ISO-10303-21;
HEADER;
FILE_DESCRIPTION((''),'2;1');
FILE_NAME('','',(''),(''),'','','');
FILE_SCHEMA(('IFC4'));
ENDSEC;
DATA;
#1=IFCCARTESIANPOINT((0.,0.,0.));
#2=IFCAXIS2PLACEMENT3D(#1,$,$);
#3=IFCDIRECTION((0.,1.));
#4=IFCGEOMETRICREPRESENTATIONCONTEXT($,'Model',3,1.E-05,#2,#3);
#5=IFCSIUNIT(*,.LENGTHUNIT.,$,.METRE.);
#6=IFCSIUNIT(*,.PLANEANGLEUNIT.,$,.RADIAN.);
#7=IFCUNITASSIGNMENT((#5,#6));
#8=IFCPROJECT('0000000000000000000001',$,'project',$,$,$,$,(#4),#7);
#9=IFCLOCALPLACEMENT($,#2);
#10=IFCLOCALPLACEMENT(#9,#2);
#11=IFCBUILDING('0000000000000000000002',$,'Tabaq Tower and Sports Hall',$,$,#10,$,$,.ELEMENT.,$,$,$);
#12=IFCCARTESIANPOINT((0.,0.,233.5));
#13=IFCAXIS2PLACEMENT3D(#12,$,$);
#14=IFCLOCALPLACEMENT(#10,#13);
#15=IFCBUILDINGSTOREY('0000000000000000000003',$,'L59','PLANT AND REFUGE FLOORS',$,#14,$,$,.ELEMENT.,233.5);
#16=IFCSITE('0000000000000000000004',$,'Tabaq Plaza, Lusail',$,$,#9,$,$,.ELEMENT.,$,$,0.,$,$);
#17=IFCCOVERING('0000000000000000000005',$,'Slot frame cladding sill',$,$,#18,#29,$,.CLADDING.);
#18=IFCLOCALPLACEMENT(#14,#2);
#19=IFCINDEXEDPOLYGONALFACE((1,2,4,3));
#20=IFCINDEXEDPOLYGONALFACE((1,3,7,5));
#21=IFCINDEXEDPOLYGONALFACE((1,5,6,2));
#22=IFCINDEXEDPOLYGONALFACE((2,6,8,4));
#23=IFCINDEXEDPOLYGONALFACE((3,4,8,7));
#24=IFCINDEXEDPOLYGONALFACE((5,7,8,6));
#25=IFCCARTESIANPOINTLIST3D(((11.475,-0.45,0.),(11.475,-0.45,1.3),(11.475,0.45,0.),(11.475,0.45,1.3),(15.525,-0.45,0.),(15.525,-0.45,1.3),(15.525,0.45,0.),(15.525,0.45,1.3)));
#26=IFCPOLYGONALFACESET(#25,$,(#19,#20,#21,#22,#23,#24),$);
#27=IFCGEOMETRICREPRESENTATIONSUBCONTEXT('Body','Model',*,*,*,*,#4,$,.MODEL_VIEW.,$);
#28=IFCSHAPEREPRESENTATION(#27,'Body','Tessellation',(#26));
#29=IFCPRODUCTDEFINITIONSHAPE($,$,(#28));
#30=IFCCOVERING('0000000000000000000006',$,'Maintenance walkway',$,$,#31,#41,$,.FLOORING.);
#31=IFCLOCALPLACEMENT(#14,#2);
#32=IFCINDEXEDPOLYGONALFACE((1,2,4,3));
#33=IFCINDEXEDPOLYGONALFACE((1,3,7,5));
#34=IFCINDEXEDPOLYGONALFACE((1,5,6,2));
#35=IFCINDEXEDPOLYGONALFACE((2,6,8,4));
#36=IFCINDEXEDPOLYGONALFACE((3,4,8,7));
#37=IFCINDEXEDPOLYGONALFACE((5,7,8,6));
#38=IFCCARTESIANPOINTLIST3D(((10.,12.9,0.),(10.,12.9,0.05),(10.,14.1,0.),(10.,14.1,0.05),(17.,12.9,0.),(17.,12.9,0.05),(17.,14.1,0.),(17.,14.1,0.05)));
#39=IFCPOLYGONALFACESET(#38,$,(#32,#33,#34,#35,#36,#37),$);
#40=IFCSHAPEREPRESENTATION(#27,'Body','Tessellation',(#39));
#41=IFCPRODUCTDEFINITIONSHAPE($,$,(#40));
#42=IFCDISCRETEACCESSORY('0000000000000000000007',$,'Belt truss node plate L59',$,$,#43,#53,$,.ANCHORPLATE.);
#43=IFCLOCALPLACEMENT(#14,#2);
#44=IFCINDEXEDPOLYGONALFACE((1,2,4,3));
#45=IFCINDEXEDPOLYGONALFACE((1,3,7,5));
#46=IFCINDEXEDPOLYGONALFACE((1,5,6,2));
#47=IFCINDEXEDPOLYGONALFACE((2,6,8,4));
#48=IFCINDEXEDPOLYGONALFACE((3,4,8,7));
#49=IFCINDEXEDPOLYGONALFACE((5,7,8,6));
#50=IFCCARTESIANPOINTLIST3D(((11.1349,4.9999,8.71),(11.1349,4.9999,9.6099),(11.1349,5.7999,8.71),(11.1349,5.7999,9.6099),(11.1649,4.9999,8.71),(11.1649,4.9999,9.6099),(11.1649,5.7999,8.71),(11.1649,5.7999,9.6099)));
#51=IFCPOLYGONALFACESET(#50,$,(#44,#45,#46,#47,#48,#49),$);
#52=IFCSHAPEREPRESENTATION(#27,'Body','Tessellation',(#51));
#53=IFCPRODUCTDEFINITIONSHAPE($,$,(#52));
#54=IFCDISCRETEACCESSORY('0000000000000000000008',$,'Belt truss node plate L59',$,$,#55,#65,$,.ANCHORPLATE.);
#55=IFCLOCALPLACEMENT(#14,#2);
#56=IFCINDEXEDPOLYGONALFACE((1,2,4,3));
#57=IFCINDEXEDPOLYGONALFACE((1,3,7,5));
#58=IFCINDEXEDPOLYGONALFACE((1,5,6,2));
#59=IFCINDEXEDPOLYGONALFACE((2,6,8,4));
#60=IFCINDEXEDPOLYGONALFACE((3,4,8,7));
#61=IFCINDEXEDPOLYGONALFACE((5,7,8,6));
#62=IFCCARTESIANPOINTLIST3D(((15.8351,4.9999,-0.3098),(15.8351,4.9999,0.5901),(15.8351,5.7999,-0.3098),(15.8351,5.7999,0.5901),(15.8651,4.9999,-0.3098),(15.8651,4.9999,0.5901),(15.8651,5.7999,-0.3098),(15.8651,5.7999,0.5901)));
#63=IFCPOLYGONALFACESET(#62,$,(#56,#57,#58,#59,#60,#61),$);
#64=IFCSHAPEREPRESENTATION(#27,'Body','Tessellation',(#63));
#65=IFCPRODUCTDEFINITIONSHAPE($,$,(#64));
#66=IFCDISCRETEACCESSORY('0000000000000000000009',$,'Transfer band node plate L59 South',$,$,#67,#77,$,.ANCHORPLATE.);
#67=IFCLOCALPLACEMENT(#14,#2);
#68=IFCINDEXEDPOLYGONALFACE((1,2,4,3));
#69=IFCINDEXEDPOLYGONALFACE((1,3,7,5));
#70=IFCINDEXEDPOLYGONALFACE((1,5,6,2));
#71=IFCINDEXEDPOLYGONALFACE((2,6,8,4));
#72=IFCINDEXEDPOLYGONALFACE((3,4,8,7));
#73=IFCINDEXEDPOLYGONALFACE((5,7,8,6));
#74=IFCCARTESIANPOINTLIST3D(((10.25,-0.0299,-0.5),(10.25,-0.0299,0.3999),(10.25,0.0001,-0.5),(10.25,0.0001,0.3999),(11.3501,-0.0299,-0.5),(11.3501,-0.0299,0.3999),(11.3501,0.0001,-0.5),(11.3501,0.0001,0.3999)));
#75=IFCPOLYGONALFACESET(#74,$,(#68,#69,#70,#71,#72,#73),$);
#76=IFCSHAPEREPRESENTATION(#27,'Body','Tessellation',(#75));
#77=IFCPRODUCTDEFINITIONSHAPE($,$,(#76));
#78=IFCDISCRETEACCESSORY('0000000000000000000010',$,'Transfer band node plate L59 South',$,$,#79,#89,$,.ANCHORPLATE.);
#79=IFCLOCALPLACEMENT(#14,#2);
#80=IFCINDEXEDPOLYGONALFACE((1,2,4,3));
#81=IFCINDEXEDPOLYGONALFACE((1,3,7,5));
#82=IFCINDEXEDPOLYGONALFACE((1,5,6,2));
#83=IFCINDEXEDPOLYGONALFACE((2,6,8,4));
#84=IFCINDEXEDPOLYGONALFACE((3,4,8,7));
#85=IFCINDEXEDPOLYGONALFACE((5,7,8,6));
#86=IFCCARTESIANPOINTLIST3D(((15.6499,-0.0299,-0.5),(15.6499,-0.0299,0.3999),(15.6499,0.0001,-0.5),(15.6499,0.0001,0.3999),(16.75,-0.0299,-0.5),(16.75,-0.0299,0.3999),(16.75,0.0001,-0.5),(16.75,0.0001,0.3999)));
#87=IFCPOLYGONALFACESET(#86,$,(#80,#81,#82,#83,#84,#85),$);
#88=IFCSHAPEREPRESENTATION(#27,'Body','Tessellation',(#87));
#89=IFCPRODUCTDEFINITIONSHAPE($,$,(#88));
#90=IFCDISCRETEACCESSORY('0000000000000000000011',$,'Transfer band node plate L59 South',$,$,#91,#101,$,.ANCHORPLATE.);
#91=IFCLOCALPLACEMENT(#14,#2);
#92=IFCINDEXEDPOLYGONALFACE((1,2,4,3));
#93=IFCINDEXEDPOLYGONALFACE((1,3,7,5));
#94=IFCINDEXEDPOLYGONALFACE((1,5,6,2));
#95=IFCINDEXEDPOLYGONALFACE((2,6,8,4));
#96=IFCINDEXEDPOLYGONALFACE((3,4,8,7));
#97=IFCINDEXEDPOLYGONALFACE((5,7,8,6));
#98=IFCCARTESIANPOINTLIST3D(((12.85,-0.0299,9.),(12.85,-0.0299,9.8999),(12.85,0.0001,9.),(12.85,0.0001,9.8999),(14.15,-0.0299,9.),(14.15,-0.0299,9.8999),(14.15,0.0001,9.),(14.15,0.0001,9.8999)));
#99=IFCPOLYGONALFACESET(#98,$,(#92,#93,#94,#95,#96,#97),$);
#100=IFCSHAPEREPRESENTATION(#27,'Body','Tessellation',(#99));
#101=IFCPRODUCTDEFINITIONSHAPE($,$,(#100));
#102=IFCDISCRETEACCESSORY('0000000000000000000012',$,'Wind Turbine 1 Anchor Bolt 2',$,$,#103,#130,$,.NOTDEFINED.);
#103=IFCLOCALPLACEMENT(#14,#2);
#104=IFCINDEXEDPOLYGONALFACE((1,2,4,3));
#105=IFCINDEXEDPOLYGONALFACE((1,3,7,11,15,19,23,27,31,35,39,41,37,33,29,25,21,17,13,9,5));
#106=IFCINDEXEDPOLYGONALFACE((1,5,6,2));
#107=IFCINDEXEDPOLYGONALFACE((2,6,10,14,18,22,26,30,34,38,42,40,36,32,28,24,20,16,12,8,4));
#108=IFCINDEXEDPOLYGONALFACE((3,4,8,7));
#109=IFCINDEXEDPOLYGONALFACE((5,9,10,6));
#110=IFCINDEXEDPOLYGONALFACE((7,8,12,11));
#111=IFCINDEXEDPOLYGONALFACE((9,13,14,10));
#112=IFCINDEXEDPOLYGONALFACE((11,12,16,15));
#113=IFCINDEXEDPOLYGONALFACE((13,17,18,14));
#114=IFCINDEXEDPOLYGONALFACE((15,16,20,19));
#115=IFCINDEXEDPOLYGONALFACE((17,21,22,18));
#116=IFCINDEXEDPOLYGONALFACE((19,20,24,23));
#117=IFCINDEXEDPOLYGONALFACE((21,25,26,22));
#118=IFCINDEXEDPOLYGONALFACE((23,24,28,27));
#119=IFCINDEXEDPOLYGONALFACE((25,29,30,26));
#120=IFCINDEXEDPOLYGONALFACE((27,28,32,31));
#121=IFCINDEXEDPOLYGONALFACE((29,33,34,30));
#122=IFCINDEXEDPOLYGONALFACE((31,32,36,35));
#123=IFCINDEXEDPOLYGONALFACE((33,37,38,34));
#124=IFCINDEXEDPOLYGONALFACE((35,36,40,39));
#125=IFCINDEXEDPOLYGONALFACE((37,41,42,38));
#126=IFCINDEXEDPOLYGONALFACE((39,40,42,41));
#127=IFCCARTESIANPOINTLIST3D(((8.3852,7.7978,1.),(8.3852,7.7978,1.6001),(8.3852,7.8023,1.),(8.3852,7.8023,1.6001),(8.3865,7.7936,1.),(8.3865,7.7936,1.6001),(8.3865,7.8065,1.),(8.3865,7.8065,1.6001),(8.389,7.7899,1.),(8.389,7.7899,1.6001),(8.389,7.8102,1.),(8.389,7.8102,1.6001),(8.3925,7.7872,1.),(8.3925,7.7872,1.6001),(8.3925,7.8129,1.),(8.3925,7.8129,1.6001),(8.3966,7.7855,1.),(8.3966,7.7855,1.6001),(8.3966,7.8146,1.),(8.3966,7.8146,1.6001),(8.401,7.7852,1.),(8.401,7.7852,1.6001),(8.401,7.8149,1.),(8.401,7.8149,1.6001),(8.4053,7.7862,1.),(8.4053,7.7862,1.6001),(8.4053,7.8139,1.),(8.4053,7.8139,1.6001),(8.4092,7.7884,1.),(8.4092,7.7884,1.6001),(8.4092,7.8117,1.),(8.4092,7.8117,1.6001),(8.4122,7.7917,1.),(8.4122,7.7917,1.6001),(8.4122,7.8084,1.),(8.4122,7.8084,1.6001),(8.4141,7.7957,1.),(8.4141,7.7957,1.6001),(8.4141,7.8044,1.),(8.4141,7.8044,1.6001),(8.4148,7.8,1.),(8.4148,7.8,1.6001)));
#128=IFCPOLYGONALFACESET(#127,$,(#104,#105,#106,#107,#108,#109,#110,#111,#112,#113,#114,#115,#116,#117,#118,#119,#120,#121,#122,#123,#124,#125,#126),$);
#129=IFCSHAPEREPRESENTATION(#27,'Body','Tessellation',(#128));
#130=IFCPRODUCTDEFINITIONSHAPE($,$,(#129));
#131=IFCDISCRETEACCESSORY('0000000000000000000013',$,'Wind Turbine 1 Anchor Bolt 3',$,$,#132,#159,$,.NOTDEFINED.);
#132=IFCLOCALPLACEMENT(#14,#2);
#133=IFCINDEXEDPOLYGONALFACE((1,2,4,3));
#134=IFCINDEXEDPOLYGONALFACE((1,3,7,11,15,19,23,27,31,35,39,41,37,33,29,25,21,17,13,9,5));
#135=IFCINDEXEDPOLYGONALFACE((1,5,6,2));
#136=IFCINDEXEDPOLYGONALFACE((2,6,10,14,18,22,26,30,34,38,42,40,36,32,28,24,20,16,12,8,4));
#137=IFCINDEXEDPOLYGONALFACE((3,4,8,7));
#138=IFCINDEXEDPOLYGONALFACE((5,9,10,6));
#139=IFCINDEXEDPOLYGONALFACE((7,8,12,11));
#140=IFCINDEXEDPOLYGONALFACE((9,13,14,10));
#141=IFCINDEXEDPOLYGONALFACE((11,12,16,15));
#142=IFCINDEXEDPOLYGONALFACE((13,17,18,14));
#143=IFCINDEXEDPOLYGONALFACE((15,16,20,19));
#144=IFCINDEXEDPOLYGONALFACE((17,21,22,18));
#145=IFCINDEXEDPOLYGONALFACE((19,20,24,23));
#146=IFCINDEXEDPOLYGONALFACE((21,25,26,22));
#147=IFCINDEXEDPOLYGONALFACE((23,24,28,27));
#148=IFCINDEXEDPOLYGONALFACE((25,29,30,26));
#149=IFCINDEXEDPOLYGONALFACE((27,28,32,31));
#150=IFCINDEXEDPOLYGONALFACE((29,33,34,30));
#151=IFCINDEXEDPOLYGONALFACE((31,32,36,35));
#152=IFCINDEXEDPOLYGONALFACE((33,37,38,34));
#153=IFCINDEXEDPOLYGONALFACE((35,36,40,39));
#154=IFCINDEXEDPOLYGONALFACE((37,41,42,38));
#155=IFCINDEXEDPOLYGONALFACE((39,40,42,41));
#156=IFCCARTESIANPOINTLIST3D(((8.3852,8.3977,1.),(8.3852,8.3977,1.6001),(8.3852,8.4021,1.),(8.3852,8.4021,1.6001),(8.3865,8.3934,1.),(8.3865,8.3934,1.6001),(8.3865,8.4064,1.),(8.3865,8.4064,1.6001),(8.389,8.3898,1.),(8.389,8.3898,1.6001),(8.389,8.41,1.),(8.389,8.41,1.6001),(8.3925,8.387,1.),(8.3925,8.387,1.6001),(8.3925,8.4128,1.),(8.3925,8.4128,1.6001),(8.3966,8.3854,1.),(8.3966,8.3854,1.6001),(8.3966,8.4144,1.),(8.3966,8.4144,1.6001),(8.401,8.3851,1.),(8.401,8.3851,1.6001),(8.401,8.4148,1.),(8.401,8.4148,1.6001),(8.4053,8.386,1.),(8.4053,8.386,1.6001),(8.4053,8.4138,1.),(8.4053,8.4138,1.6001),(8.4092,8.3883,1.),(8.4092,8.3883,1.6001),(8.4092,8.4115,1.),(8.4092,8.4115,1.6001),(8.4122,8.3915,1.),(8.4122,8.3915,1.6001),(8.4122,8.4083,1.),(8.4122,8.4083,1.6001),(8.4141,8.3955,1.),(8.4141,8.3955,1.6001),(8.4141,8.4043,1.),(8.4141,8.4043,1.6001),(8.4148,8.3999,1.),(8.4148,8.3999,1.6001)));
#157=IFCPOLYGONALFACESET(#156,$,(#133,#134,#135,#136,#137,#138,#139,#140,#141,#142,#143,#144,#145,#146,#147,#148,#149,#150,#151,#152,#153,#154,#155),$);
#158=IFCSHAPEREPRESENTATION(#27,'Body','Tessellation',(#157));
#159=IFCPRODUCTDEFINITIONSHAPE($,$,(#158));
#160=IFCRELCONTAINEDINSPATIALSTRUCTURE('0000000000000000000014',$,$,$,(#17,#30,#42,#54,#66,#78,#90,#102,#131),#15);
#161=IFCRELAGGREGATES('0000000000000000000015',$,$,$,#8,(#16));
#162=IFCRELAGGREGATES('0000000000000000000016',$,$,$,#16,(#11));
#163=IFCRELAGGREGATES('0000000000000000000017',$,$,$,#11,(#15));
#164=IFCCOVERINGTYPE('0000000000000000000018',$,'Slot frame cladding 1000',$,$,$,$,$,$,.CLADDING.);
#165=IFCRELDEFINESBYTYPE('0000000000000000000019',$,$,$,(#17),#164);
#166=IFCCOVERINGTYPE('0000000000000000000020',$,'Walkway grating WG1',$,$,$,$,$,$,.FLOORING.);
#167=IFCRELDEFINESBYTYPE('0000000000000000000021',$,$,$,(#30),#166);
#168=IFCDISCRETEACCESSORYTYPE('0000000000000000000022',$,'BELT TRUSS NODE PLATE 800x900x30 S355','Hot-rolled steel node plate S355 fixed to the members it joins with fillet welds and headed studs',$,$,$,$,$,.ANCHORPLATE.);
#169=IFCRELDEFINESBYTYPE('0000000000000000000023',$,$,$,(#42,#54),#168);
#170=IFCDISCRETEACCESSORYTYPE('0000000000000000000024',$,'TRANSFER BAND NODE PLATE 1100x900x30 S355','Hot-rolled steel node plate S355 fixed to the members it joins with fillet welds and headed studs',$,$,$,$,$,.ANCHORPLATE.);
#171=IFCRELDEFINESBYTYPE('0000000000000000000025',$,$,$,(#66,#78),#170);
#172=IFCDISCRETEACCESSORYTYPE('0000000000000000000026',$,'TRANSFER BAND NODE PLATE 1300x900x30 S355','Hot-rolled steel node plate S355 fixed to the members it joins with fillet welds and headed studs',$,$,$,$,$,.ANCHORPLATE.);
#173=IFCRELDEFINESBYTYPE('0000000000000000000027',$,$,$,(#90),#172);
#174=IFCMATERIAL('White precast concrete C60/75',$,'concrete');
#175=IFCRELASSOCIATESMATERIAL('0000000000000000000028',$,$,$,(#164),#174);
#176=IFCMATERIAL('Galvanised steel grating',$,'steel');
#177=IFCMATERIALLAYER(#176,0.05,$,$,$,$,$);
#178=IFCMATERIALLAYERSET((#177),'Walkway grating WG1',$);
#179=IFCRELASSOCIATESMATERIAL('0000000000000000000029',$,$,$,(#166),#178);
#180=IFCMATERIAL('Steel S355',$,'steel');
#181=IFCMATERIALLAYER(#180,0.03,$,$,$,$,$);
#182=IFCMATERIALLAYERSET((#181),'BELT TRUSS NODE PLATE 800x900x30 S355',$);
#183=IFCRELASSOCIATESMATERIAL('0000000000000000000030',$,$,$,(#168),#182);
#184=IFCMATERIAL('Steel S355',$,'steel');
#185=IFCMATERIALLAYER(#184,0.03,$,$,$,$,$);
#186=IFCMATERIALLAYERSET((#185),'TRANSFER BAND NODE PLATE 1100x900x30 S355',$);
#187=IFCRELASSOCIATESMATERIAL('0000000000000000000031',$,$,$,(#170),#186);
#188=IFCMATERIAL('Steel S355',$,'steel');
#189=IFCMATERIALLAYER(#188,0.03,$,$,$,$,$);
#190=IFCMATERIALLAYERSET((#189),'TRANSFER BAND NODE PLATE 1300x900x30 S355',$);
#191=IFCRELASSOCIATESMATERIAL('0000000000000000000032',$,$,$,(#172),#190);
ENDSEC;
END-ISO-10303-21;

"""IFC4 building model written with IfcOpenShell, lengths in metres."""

from ifc_helpers import new_model, si_unit, direction, frame, origin, origin_2d, place, context, subcontext, project, spatial, rectangle, circle, extrude, material, layer, layer_set, type_object, element, save


model = new_model("IFC4")

# Units and contexts
model_context = context("Model", 3, precision=1e-05, world=origin(), true_north=direction((0.0, 1.0)))
body_context = subcontext(model_context, "Body", "Model", "MODEL_VIEW")
ifc_project = project(units=[si_unit("LENGTHUNIT", "METRE"), si_unit("PLANEANGLEUNIT", "RADIAN")], contexts=[model_context])

# Site, building, storey
site_placement = place(None, origin())
site = spatial("IfcSite", under=ifc_project, at=site_placement, Name="Tabaq Plaza, Lusail", CompositionType="ELEMENT", RefElevation=0.0)
building_placement = place(site_placement, origin())
building = spatial("IfcBuilding", under=site, at=building_placement, Name="Tabaq Tower and Sports Hall", CompositionType="ELEMENT")
storey_placement = place(building_placement, frame((0.0, 0.0, 233.5)))
storey = spatial("IfcBuildingStorey", under=building, at=storey_placement, Name="L59", Description="PLANT AND REFUGE FLOORS", CompositionType="ELEMENT", Elevation=233.5)

# Coverings
ifc_material_1 = material(Name="White precast concrete C60/75", Category="concrete")
covering_type_1 = type_object("IfcCoveringType", Name="Slot frame cladding 1000", PredefinedType="CLADDING", material=ifc_material_1)
covering_1_placement = place(storey_placement, frame((13.5, 0.0, 0.0), z_axis=(0.0, 0.0, 1.0), x_axis=(1.0, 0.0, 0.0)))
element("IfcCovering", 1, at=covering_1_placement, inside=storey, type_object=covering_type_1, Name="Slot frame cladding sill", PredefinedType="CLADDING", context=body_context, shape_type="SweptSolid", body=[
    extrude(rectangle(XDim=4.05, YDim=0.8999, at=origin_2d()), origin(), (0.0, 0.0, 1.0), 1.3),
])
ifc_material_2 = material(Name="Galvanised steel grating", Category="steel")
ifc_layer_1 = layer(ifc_material_2, 0.05)
ifc_layer_set_1 = layer_set([ifc_layer_1], Name="Walkway grating WG1")
covering_type_2 = type_object("IfcCoveringType", Name="Walkway grating WG1", PredefinedType="FLOORING", material=ifc_layer_set_1)
covering_2_placement = place(storey_placement, frame((13.5, 13.5, 0.0), z_axis=(0.0, 0.0, 1.0), x_axis=(1.0, 0.0, 0.0)))
element("IfcCovering", 2, at=covering_2_placement, inside=storey, type_object=covering_type_2, Name="Maintenance walkway", PredefinedType="FLOORING", context=body_context, shape_type="SweptSolid", body=[
    extrude(rectangle(XDim=7.0, YDim=1.2, at=origin_2d()), origin(), (0.0, 0.0, 1.0), 0.05),
])

# Discrete accessories
ifc_material_3 = material(Name="Steel S355", Category="steel")
ifc_layer_2 = layer(ifc_material_3, 0.03)
ifc_layer_set_2 = layer_set([ifc_layer_2], Name="BELT TRUSS NODE PLATE 800x900x30 S355")
discrete_accessory_type_1 = type_object("IfcDiscreteAccessoryType", Name="BELT TRUSS NODE PLATE 800x900x30 S355", Description="Hot-rolled steel node plate S355 fixed to the members it joins with fillet welds and headed studs", PredefinedType="ANCHORPLATE", material=ifc_layer_set_2)
for number, where, z_axis, x_axis, name in (
    (3, (11.1499, 5.3999, 8.71), (0.0, 0.0, 1.0), (1.0, 0.0, 0.0), "Belt truss node plate L59"),
    (4, (15.8501, 5.3999, -0.3098), (0.0, 0.0, 1.0), (1.0, 0.0, 0.0), "Belt truss node plate L59"),
):
    element("IfcDiscreteAccessory", number, at=place(storey_placement, frame(where, z_axis=z_axis, x_axis=x_axis)), inside=storey, type_object=discrete_accessory_type_1, Name=name, PredefinedType="ANCHORPLATE", context=body_context, shape_type="SweptSolid", body=[
        extrude(rectangle(XDim=0.03, YDim=0.8, at=origin_2d()), origin(), (0.0, 0.0, 1.0), 0.8999),
    ])
ifc_material_4 = material(Name="Steel S355", Category="steel")
ifc_layer_3 = layer(ifc_material_4, 0.03)
ifc_layer_set_3 = layer_set([ifc_layer_3], Name="TRANSFER BAND NODE PLATE 1100x900x30 S355")
discrete_accessory_type_2 = type_object("IfcDiscreteAccessoryType", Name="TRANSFER BAND NODE PLATE 1100x900x30 S355", Description="Hot-rolled steel node plate S355 fixed to the members it joins with fillet welds and headed studs", PredefinedType="ANCHORPLATE", material=ifc_layer_set_3)
for number, where, z_axis, x_axis, name in (
    (5, (10.8, -0.0149, -0.5), (0.0, 0.0, 1.0), (1.0, 0.0, 0.0), "Transfer band node plate L59 South"),
    (6, (16.2, -0.0149, -0.5), (0.0, 0.0, 1.0), (1.0, 0.0, 0.0), "Transfer band node plate L59 South"),
):
    element("IfcDiscreteAccessory", number, at=place(storey_placement, frame(where, z_axis=z_axis, x_axis=x_axis)), inside=storey, type_object=discrete_accessory_type_2, Name=name, PredefinedType="ANCHORPLATE", context=body_context, shape_type="SweptSolid", body=[
        extrude(rectangle(XDim=1.1001, YDim=0.03, at=origin_2d()), origin(), (0.0, 0.0, 1.0), 0.8999),
    ])
ifc_material_5 = material(Name="Steel S355", Category="steel")
ifc_layer_4 = layer(ifc_material_5, 0.03)
ifc_layer_set_4 = layer_set([ifc_layer_4], Name="TRANSFER BAND NODE PLATE 1300x900x30 S355")
discrete_accessory_type_3 = type_object("IfcDiscreteAccessoryType", Name="TRANSFER BAND NODE PLATE 1300x900x30 S355", Description="Hot-rolled steel node plate S355 fixed to the members it joins with fillet welds and headed studs", PredefinedType="ANCHORPLATE", material=ifc_layer_set_4)
discrete_accessory_placement = place(storey_placement, frame((13.5, -0.0149, 9.0), z_axis=(0.0, 0.0, 1.0), x_axis=(1.0, 0.0, 0.0)))
element("IfcDiscreteAccessory", 7, at=discrete_accessory_placement, inside=storey, type_object=discrete_accessory_type_3, Name="Transfer band node plate L59 South", PredefinedType="ANCHORPLATE", context=body_context, shape_type="SweptSolid", body=[
    extrude(rectangle(XDim=1.3, YDim=0.03, at=origin_2d()), origin(), (0.0, 0.0, 1.0), 0.8999),
])
for number, where, z_axis, x_axis, name in (
    (8, (8.3999, 7.8, 1.6001), (0.0, 0.0, -1.0), (1.0, 0.0, 0.0), "Wind Turbine 1 Anchor Bolt 2"),
    (9, (8.3999, 8.3999, 1.6001), (0.0, 0.0, -1.0), (1.0, 0.0, 0.0), "Wind Turbine 1 Anchor Bolt 3"),
):
    element("IfcDiscreteAccessory", number, at=place(storey_placement, frame(where, z_axis=z_axis, x_axis=x_axis)), inside=storey, Name=name, PredefinedType="NOTDEFINED", context=body_context, shape_type="SweptSolid", body=[
        extrude(circle(Radius=0.0149, at=origin_2d()), origin(), (0.0, 0.0, 1.0), 0.6001),
    ])

save(model, "model.ifc")
